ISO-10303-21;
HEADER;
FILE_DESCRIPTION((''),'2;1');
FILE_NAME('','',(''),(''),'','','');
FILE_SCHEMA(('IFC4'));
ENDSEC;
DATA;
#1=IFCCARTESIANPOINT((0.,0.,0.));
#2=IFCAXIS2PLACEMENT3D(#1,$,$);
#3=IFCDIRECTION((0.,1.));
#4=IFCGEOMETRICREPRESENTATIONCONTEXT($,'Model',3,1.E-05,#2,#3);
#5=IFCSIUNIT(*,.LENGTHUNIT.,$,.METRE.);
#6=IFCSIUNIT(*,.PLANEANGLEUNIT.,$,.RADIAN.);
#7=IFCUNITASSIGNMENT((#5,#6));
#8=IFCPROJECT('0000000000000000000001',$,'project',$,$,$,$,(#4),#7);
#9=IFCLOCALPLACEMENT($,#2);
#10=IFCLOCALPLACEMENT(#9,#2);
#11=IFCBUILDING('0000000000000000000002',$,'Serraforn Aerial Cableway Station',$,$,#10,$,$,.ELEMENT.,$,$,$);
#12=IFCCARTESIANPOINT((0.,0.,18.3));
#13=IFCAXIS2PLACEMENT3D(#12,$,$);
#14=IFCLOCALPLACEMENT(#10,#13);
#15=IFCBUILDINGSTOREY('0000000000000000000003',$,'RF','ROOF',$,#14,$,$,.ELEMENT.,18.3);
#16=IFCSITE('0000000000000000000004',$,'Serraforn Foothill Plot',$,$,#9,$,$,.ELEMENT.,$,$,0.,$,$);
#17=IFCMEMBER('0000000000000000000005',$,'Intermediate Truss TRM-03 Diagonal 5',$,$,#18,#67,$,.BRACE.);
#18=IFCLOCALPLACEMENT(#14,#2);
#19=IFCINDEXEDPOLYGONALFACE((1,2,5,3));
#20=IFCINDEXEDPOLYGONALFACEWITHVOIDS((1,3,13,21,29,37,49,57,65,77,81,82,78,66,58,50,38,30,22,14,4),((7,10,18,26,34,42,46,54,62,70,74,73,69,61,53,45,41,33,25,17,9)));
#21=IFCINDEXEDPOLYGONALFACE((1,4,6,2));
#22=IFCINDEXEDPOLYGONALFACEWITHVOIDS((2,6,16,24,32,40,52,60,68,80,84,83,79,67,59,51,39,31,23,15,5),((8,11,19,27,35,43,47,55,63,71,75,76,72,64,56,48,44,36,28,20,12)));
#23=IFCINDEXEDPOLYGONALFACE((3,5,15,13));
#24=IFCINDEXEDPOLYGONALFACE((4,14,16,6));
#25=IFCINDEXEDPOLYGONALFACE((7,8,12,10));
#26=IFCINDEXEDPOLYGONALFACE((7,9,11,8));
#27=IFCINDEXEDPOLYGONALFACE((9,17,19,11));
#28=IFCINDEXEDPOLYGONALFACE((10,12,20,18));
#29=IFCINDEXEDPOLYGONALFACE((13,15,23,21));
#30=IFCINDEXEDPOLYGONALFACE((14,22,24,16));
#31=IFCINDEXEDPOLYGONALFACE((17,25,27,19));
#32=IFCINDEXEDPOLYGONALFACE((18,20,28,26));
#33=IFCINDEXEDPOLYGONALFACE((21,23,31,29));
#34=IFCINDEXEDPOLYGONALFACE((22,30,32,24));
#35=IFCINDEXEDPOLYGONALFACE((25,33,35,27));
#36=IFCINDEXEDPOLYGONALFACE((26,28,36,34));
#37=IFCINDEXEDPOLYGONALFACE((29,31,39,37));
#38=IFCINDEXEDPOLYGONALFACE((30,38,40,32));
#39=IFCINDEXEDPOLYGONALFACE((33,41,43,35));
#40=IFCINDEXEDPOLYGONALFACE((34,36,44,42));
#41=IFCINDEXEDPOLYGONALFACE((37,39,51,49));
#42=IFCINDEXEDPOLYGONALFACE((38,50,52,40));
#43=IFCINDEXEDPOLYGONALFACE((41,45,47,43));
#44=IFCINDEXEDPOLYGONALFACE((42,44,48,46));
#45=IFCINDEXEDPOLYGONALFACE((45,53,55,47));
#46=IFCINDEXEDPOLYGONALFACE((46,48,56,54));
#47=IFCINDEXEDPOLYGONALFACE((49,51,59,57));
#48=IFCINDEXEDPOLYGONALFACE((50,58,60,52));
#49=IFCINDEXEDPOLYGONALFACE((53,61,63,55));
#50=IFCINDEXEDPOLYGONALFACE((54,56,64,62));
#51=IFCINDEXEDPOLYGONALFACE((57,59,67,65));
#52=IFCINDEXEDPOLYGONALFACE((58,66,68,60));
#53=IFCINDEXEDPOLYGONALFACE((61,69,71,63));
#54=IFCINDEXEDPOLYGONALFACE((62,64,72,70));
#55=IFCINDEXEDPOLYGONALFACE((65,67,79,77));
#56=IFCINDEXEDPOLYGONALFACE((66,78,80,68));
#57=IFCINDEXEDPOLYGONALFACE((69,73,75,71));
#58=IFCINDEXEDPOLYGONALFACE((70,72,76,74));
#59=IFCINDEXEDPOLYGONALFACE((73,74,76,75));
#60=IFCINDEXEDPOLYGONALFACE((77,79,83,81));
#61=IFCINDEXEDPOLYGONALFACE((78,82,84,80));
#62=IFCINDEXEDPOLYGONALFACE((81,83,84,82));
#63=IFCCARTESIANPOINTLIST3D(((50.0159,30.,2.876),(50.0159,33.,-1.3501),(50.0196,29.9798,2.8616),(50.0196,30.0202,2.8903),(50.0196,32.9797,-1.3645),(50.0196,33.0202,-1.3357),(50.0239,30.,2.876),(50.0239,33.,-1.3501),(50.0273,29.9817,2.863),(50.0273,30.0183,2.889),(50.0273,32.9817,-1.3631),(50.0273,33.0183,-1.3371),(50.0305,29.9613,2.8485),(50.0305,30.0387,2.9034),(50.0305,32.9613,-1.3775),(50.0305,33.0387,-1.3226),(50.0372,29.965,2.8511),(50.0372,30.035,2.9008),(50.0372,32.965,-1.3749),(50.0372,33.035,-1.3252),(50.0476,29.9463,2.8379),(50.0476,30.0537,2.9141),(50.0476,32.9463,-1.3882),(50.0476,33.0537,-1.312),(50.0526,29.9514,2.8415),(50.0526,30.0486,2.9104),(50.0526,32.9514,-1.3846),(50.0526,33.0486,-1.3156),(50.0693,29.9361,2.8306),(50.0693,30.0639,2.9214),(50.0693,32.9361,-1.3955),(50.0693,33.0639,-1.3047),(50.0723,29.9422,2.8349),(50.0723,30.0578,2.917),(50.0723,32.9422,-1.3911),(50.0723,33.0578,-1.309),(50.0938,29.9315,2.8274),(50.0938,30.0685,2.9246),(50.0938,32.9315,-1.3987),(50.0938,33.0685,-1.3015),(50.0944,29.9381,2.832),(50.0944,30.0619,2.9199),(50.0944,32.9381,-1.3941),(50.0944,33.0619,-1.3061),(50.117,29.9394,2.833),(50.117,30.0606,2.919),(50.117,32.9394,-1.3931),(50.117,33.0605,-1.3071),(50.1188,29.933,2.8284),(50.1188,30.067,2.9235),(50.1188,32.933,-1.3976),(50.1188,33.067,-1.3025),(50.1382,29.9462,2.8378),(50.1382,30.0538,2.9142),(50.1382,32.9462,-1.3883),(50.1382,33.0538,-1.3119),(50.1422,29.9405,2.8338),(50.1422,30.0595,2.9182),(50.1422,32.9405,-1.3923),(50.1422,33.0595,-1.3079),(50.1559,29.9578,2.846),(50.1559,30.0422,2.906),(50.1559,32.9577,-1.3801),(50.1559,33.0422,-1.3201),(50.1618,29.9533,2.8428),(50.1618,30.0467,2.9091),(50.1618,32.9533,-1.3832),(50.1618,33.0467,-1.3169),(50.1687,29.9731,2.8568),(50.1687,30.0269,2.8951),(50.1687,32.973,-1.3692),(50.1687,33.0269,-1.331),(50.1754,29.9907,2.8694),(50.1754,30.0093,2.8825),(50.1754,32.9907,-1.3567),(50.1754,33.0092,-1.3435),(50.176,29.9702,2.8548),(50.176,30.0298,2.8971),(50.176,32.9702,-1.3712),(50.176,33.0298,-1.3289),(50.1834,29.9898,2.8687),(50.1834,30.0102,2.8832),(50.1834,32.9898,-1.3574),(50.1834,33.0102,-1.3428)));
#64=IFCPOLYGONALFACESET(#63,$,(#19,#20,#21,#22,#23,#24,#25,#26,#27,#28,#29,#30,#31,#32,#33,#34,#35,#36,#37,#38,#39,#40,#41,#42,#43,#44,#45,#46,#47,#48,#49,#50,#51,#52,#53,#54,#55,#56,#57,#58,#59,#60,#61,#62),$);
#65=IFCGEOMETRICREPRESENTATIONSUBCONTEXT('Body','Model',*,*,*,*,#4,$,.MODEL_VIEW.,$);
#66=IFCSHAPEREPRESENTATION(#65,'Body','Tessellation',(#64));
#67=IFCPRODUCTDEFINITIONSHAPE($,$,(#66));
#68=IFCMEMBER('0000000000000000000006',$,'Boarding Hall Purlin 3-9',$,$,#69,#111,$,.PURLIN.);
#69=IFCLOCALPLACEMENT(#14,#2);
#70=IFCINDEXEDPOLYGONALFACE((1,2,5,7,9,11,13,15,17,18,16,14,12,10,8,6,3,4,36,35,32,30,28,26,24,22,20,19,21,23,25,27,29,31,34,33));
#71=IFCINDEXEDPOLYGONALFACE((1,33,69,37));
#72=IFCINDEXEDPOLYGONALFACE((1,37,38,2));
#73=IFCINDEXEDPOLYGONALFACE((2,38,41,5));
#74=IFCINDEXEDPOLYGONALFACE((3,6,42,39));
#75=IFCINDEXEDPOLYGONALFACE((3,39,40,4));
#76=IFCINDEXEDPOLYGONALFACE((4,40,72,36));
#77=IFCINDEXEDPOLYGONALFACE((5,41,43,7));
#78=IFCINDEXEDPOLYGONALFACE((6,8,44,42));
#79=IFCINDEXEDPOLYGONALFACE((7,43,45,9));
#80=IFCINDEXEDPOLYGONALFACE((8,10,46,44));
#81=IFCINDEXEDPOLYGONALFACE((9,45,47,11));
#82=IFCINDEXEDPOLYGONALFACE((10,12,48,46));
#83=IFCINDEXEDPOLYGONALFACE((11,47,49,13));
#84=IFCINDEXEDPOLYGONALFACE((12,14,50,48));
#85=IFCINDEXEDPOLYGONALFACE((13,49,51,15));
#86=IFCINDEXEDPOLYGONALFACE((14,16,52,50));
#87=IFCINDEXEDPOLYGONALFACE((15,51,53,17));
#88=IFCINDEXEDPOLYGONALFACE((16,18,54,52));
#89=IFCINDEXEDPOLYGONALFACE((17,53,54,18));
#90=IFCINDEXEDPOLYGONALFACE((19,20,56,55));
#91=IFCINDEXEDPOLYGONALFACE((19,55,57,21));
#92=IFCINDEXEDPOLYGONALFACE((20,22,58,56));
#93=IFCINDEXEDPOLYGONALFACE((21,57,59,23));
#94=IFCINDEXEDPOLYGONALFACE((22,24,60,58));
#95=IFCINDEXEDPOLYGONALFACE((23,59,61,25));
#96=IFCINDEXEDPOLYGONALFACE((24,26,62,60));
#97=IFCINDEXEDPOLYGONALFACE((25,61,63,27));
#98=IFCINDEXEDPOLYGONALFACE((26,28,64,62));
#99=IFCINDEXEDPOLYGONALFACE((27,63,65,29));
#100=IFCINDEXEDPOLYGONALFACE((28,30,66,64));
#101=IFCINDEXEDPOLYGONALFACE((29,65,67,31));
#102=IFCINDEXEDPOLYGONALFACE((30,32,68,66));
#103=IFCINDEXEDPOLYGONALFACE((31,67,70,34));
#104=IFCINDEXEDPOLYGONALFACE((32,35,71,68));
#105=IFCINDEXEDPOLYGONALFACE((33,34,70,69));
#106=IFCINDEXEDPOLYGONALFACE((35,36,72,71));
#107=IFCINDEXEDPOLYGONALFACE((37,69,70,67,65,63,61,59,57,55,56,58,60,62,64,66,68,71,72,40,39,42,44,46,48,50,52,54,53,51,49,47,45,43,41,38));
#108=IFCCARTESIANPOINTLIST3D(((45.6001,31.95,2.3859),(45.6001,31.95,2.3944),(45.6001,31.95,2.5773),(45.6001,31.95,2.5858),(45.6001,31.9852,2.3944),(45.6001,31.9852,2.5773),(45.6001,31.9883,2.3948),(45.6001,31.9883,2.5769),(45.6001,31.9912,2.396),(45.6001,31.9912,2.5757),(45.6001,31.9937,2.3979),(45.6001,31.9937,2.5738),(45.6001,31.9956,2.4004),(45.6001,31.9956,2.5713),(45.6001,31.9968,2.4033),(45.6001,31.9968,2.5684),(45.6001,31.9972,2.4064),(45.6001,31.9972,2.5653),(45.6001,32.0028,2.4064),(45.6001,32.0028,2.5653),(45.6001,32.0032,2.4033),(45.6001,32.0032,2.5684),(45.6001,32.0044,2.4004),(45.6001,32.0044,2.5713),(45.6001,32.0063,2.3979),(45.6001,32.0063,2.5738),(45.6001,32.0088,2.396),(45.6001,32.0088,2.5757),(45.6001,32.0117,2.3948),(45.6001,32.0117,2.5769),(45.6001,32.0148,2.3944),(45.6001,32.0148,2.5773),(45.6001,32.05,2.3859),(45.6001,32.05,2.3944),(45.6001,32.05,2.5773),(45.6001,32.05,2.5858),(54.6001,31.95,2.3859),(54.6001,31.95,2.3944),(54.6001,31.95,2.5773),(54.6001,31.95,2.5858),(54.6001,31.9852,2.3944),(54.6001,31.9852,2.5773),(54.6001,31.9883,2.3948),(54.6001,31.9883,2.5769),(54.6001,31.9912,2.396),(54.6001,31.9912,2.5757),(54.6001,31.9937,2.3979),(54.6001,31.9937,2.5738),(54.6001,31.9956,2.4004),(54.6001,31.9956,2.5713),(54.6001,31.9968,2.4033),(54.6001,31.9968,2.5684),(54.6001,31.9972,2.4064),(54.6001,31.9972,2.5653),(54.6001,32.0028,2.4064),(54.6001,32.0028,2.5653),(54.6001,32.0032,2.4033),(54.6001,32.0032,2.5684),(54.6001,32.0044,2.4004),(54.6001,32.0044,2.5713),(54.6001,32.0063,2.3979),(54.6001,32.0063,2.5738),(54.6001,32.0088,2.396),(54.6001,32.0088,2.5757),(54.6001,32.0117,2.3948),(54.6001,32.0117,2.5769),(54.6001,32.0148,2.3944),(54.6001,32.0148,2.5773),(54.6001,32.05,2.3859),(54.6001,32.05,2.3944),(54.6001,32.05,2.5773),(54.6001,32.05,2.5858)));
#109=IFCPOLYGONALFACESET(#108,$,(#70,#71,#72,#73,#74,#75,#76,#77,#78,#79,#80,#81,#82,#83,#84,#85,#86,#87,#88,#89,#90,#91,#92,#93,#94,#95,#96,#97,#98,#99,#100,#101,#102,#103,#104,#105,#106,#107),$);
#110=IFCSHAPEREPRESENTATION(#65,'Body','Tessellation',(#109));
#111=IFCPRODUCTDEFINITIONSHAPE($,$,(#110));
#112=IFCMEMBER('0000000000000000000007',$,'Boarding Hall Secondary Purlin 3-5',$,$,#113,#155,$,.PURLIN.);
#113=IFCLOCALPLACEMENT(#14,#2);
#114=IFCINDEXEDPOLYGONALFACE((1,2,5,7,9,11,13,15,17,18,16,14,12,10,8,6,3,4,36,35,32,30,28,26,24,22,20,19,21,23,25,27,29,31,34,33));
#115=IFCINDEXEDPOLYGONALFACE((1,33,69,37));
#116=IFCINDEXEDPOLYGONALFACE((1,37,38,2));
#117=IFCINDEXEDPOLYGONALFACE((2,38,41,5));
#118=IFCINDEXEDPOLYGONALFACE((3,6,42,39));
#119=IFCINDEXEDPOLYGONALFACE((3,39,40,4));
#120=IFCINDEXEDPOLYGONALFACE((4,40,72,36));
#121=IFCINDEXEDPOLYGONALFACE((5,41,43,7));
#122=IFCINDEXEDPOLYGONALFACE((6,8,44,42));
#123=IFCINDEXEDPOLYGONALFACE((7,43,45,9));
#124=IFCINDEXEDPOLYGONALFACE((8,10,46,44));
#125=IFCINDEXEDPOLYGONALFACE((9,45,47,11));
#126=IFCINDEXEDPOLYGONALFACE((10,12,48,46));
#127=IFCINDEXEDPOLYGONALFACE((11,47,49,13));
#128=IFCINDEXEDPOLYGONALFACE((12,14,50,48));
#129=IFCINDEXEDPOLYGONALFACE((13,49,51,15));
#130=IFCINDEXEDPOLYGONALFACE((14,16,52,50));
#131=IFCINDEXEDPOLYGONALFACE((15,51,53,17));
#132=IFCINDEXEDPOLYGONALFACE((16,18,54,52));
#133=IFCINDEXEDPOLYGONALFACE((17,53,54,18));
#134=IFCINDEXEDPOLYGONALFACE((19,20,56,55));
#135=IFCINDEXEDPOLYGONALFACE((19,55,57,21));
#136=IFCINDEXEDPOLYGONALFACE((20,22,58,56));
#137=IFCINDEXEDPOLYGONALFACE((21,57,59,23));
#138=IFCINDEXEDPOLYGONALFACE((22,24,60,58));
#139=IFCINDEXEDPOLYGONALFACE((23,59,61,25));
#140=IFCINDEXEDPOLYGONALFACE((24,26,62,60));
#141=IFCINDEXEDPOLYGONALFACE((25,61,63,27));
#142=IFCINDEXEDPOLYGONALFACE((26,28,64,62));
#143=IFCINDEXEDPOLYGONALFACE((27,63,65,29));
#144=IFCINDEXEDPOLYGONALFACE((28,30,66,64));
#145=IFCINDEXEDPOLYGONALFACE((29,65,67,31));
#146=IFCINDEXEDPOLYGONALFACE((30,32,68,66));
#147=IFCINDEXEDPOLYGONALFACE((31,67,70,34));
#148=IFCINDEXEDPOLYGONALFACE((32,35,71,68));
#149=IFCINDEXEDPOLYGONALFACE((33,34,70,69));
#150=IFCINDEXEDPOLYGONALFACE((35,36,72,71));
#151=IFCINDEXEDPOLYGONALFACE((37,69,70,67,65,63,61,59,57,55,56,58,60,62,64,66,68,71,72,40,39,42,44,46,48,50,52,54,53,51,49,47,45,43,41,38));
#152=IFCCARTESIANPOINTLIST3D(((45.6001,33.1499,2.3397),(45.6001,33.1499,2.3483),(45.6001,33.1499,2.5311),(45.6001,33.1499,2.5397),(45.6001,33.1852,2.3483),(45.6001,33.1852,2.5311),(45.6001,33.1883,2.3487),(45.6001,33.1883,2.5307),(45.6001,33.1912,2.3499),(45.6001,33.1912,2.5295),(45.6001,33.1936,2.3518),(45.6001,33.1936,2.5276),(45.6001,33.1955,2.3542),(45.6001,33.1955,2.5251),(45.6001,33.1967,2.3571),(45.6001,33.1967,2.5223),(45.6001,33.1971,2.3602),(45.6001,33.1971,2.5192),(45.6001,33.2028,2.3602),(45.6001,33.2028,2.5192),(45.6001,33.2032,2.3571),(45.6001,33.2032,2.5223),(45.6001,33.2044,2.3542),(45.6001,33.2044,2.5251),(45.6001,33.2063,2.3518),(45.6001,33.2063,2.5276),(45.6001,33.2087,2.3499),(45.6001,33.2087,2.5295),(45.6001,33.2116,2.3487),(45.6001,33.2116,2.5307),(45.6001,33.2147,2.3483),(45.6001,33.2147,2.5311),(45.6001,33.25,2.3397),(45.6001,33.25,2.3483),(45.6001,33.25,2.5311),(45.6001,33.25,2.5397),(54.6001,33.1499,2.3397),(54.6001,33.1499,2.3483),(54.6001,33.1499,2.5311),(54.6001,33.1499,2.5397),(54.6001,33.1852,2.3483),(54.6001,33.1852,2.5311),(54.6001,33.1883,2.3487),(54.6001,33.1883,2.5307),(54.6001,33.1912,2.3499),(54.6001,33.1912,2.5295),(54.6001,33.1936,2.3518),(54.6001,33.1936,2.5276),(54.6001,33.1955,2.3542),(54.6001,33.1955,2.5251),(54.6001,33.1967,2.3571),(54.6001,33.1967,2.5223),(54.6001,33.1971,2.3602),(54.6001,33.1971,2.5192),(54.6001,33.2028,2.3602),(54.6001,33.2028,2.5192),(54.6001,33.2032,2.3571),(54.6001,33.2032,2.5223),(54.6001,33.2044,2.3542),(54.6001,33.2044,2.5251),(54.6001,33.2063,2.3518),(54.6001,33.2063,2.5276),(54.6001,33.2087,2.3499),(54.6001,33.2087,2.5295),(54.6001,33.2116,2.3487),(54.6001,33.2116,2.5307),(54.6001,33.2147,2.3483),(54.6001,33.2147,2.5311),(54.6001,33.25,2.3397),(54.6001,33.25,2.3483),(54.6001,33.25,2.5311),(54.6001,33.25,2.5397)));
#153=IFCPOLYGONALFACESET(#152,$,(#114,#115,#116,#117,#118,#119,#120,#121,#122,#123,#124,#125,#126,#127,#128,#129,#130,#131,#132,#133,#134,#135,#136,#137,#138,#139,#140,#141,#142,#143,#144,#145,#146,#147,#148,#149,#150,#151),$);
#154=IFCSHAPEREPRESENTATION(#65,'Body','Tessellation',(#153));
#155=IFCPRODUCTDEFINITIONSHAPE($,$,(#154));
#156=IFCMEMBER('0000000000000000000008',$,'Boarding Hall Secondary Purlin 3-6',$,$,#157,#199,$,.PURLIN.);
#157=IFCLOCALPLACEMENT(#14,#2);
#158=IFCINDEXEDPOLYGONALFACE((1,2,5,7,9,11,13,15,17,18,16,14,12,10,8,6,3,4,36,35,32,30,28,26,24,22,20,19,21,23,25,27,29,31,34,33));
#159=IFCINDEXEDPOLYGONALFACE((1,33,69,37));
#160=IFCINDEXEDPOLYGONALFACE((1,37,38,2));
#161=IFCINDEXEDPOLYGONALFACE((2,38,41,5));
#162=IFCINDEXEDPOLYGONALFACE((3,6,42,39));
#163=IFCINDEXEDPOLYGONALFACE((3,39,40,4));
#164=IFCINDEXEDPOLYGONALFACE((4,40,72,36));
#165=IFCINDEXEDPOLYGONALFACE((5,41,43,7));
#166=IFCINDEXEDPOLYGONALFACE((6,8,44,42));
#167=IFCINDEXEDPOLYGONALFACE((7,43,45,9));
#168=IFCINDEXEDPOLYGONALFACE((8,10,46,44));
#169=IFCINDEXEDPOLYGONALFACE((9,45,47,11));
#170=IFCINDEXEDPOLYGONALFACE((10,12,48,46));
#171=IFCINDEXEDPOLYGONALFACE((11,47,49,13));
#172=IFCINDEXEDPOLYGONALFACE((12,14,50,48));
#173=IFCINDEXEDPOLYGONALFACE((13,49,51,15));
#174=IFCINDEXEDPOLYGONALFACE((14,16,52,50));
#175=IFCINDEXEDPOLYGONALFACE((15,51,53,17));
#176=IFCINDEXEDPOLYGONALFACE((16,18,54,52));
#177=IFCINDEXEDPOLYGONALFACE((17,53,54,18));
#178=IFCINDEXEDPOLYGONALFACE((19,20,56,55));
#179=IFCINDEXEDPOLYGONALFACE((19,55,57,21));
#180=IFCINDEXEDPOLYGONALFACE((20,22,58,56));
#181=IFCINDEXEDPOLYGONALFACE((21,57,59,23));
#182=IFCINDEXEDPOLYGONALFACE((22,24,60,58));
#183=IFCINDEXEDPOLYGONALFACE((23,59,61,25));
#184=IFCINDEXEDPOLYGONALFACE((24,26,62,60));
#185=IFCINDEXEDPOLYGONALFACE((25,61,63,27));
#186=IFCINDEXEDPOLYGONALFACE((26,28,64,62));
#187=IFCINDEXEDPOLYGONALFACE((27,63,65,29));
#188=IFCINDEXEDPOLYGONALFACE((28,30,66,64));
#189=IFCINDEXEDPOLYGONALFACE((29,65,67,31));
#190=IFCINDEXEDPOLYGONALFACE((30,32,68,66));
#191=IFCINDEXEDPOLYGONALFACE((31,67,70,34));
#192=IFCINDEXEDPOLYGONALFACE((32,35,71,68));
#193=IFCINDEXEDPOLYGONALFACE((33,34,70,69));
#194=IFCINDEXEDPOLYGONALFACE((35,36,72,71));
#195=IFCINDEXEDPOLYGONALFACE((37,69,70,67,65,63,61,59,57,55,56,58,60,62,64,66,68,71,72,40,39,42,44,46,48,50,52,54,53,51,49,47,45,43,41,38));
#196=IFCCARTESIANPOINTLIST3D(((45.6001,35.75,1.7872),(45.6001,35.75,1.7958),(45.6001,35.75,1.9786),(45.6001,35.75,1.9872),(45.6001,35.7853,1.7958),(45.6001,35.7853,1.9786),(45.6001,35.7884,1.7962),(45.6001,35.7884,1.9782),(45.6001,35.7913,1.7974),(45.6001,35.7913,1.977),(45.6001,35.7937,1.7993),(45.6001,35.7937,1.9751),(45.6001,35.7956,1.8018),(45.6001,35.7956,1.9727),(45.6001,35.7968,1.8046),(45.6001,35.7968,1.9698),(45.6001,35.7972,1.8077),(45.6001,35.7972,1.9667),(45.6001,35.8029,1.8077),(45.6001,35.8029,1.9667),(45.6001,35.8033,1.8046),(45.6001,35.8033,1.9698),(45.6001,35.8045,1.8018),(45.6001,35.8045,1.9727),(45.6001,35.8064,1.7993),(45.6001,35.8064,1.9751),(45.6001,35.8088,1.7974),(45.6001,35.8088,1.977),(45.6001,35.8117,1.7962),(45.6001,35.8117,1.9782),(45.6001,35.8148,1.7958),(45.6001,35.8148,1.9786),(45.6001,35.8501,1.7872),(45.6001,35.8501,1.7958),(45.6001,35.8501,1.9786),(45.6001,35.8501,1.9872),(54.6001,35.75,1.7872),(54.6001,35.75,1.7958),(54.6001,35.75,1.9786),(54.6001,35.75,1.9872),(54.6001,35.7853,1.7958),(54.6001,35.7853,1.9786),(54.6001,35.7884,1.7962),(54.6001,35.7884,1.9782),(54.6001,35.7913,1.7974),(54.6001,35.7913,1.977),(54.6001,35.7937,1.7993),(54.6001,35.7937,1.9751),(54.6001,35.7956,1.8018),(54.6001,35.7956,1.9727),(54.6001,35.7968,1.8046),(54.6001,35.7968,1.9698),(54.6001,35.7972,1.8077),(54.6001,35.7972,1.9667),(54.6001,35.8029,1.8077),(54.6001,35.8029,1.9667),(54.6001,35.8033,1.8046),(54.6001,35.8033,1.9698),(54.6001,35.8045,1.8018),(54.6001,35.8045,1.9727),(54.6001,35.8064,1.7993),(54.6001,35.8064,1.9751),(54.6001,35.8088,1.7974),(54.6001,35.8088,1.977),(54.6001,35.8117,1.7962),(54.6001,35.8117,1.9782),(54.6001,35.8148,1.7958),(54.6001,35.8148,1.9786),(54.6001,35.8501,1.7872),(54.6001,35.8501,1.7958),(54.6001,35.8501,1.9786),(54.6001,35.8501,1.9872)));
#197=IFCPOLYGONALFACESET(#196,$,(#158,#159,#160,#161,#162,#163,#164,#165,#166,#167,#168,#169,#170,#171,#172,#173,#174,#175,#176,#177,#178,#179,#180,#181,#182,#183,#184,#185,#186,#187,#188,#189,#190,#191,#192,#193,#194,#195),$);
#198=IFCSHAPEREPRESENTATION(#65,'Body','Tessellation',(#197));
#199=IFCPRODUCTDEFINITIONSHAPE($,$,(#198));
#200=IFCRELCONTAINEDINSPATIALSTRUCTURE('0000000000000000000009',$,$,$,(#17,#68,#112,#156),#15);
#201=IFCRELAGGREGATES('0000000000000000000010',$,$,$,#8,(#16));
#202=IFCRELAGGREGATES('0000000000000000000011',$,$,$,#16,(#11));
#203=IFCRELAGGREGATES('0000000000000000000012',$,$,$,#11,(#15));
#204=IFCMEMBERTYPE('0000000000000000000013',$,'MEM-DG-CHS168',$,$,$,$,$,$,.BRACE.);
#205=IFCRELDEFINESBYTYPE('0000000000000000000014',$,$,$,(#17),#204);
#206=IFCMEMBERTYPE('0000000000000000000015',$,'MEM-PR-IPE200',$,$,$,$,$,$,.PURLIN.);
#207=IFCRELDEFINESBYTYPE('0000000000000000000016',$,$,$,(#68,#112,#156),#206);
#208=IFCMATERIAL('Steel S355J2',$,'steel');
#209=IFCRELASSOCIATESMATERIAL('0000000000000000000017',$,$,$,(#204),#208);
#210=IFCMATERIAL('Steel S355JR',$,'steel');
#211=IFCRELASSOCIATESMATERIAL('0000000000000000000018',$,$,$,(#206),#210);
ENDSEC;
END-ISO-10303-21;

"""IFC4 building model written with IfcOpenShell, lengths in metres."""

from ifc_helpers import new_model, si_unit, direction, frame, origin, origin_2d, place, context, subcontext, project, spatial, hollow_circle, i_section, extrude, material, material_profile, profile_set, type_object, element, save


model = new_model("IFC4")

# Units and contexts
model_context = context("Model", 3, precision=1e-05, world=origin(), true_north=direction((0.0, 1.0)))
body_context = subcontext(model_context, "Body", "Model", "MODEL_VIEW")
ifc_project = project(units=[si_unit("LENGTHUNIT", "METRE"), si_unit("PLANEANGLEUNIT", "RADIAN")], contexts=[model_context])

# Site, building, storey
site_placement = place(None, origin())
site = spatial("IfcSite", under=ifc_project, at=site_placement, Name="Serraforn Foothill Plot", CompositionType="ELEMENT", RefElevation=0.0)
building_placement = place(site_placement, origin())
building = spatial("IfcBuilding", under=site, at=building_placement, Name="Serraforn Aerial Cableway Station", CompositionType="ELEMENT")
storey_placement = place(building_placement, frame((0.0, 0.0, 18.3)))
storey = spatial("IfcBuildingStorey", under=building, at=storey_placement, Name="RF", Description="ROOF", CompositionType="ELEMENT", Elevation=18.3)

# Members
ifc_material_1 = material(Name="Steel S355J2", Category="steel")
ifc_material_profile_1 = material_profile(ifc_material_1, hollow_circle(Radius=0.0842, WallThickness=0.0081, at=origin_2d()), Name="CHS 168.3x8.0")
ifc_profile_set_1 = profile_set([ifc_material_profile_1], Name="Steel S355J2")
member_type_1 = type_object("IfcMemberType", Name="MEM-DG-CHS168", PredefinedType="BRACE", material=ifc_profile_set_1)
member_1_placement = place(storey_placement, frame((50.1001, 30.0, 2.876), z_axis=(0.0, 0.578856, -0.81543), x_axis=(-1.0, 0.0, 0.0)))
element("IfcMember", 1, at=member_1_placement, inside=storey, type_object=member_type_1, Name="Intermediate Truss TRM-03 Diagonal 5", PredefinedType="BRACE", context=body_context, shape_type="SweptSolid", body=[
    extrude(hollow_circle(Radius=0.0842, WallThickness=0.0081, at=origin_2d()), origin(), (0.0, 0.0, 1.0), 5.1826),
])
ifc_material_2 = material(Name="Steel S355JR", Category="steel")
ifc_material_profile_2 = material_profile(ifc_material_2, i_section(OverallWidth=0.1001, OverallDepth=0.2, WebThickness=0.0056, FlangeThickness=0.0085, FilletRadius=0.012, at=origin_2d()), Name="IPE 200")
ifc_profile_set_2 = profile_set([ifc_material_profile_2], Name="Steel S355JR")
member_type_2 = type_object("IfcMemberType", Name="MEM-PR-IPE200", PredefinedType="PURLIN", material=ifc_profile_set_2)
for number, where, z_axis, x_axis, name in (
    (2, (45.6001, 32.0, 2.4858), (1.0, 0.0, 0.0), (0.0, 1.0, 0.0), "Boarding Hall Purlin 3-9"),
    (3, (45.6001, 33.2, 2.4397), (1.0, 0.0, 0.0), (0.0, 1.0, 0.0), "Boarding Hall Secondary Purlin 3-5"),
    (4, (45.6001, 35.8, 1.8872), (1.0, 0.0, 0.0), (0.0, 1.0, 0.0), "Boarding Hall Secondary Purlin 3-6"),
):
    element("IfcMember", number, at=place(storey_placement, frame(where, z_axis=z_axis, x_axis=x_axis)), inside=storey, type_object=member_type_2, Name=name, PredefinedType="PURLIN", context=body_context, shape_type="SweptSolid", body=[
        extrude(i_section(OverallWidth=0.1001, OverallDepth=0.2, WebThickness=0.0056, FlangeThickness=0.0085, FilletRadius=0.012, at=origin_2d()), origin(), (0.0, 0.0, 1.0), 9.0),
    ])

save(model, "model.ifc")
